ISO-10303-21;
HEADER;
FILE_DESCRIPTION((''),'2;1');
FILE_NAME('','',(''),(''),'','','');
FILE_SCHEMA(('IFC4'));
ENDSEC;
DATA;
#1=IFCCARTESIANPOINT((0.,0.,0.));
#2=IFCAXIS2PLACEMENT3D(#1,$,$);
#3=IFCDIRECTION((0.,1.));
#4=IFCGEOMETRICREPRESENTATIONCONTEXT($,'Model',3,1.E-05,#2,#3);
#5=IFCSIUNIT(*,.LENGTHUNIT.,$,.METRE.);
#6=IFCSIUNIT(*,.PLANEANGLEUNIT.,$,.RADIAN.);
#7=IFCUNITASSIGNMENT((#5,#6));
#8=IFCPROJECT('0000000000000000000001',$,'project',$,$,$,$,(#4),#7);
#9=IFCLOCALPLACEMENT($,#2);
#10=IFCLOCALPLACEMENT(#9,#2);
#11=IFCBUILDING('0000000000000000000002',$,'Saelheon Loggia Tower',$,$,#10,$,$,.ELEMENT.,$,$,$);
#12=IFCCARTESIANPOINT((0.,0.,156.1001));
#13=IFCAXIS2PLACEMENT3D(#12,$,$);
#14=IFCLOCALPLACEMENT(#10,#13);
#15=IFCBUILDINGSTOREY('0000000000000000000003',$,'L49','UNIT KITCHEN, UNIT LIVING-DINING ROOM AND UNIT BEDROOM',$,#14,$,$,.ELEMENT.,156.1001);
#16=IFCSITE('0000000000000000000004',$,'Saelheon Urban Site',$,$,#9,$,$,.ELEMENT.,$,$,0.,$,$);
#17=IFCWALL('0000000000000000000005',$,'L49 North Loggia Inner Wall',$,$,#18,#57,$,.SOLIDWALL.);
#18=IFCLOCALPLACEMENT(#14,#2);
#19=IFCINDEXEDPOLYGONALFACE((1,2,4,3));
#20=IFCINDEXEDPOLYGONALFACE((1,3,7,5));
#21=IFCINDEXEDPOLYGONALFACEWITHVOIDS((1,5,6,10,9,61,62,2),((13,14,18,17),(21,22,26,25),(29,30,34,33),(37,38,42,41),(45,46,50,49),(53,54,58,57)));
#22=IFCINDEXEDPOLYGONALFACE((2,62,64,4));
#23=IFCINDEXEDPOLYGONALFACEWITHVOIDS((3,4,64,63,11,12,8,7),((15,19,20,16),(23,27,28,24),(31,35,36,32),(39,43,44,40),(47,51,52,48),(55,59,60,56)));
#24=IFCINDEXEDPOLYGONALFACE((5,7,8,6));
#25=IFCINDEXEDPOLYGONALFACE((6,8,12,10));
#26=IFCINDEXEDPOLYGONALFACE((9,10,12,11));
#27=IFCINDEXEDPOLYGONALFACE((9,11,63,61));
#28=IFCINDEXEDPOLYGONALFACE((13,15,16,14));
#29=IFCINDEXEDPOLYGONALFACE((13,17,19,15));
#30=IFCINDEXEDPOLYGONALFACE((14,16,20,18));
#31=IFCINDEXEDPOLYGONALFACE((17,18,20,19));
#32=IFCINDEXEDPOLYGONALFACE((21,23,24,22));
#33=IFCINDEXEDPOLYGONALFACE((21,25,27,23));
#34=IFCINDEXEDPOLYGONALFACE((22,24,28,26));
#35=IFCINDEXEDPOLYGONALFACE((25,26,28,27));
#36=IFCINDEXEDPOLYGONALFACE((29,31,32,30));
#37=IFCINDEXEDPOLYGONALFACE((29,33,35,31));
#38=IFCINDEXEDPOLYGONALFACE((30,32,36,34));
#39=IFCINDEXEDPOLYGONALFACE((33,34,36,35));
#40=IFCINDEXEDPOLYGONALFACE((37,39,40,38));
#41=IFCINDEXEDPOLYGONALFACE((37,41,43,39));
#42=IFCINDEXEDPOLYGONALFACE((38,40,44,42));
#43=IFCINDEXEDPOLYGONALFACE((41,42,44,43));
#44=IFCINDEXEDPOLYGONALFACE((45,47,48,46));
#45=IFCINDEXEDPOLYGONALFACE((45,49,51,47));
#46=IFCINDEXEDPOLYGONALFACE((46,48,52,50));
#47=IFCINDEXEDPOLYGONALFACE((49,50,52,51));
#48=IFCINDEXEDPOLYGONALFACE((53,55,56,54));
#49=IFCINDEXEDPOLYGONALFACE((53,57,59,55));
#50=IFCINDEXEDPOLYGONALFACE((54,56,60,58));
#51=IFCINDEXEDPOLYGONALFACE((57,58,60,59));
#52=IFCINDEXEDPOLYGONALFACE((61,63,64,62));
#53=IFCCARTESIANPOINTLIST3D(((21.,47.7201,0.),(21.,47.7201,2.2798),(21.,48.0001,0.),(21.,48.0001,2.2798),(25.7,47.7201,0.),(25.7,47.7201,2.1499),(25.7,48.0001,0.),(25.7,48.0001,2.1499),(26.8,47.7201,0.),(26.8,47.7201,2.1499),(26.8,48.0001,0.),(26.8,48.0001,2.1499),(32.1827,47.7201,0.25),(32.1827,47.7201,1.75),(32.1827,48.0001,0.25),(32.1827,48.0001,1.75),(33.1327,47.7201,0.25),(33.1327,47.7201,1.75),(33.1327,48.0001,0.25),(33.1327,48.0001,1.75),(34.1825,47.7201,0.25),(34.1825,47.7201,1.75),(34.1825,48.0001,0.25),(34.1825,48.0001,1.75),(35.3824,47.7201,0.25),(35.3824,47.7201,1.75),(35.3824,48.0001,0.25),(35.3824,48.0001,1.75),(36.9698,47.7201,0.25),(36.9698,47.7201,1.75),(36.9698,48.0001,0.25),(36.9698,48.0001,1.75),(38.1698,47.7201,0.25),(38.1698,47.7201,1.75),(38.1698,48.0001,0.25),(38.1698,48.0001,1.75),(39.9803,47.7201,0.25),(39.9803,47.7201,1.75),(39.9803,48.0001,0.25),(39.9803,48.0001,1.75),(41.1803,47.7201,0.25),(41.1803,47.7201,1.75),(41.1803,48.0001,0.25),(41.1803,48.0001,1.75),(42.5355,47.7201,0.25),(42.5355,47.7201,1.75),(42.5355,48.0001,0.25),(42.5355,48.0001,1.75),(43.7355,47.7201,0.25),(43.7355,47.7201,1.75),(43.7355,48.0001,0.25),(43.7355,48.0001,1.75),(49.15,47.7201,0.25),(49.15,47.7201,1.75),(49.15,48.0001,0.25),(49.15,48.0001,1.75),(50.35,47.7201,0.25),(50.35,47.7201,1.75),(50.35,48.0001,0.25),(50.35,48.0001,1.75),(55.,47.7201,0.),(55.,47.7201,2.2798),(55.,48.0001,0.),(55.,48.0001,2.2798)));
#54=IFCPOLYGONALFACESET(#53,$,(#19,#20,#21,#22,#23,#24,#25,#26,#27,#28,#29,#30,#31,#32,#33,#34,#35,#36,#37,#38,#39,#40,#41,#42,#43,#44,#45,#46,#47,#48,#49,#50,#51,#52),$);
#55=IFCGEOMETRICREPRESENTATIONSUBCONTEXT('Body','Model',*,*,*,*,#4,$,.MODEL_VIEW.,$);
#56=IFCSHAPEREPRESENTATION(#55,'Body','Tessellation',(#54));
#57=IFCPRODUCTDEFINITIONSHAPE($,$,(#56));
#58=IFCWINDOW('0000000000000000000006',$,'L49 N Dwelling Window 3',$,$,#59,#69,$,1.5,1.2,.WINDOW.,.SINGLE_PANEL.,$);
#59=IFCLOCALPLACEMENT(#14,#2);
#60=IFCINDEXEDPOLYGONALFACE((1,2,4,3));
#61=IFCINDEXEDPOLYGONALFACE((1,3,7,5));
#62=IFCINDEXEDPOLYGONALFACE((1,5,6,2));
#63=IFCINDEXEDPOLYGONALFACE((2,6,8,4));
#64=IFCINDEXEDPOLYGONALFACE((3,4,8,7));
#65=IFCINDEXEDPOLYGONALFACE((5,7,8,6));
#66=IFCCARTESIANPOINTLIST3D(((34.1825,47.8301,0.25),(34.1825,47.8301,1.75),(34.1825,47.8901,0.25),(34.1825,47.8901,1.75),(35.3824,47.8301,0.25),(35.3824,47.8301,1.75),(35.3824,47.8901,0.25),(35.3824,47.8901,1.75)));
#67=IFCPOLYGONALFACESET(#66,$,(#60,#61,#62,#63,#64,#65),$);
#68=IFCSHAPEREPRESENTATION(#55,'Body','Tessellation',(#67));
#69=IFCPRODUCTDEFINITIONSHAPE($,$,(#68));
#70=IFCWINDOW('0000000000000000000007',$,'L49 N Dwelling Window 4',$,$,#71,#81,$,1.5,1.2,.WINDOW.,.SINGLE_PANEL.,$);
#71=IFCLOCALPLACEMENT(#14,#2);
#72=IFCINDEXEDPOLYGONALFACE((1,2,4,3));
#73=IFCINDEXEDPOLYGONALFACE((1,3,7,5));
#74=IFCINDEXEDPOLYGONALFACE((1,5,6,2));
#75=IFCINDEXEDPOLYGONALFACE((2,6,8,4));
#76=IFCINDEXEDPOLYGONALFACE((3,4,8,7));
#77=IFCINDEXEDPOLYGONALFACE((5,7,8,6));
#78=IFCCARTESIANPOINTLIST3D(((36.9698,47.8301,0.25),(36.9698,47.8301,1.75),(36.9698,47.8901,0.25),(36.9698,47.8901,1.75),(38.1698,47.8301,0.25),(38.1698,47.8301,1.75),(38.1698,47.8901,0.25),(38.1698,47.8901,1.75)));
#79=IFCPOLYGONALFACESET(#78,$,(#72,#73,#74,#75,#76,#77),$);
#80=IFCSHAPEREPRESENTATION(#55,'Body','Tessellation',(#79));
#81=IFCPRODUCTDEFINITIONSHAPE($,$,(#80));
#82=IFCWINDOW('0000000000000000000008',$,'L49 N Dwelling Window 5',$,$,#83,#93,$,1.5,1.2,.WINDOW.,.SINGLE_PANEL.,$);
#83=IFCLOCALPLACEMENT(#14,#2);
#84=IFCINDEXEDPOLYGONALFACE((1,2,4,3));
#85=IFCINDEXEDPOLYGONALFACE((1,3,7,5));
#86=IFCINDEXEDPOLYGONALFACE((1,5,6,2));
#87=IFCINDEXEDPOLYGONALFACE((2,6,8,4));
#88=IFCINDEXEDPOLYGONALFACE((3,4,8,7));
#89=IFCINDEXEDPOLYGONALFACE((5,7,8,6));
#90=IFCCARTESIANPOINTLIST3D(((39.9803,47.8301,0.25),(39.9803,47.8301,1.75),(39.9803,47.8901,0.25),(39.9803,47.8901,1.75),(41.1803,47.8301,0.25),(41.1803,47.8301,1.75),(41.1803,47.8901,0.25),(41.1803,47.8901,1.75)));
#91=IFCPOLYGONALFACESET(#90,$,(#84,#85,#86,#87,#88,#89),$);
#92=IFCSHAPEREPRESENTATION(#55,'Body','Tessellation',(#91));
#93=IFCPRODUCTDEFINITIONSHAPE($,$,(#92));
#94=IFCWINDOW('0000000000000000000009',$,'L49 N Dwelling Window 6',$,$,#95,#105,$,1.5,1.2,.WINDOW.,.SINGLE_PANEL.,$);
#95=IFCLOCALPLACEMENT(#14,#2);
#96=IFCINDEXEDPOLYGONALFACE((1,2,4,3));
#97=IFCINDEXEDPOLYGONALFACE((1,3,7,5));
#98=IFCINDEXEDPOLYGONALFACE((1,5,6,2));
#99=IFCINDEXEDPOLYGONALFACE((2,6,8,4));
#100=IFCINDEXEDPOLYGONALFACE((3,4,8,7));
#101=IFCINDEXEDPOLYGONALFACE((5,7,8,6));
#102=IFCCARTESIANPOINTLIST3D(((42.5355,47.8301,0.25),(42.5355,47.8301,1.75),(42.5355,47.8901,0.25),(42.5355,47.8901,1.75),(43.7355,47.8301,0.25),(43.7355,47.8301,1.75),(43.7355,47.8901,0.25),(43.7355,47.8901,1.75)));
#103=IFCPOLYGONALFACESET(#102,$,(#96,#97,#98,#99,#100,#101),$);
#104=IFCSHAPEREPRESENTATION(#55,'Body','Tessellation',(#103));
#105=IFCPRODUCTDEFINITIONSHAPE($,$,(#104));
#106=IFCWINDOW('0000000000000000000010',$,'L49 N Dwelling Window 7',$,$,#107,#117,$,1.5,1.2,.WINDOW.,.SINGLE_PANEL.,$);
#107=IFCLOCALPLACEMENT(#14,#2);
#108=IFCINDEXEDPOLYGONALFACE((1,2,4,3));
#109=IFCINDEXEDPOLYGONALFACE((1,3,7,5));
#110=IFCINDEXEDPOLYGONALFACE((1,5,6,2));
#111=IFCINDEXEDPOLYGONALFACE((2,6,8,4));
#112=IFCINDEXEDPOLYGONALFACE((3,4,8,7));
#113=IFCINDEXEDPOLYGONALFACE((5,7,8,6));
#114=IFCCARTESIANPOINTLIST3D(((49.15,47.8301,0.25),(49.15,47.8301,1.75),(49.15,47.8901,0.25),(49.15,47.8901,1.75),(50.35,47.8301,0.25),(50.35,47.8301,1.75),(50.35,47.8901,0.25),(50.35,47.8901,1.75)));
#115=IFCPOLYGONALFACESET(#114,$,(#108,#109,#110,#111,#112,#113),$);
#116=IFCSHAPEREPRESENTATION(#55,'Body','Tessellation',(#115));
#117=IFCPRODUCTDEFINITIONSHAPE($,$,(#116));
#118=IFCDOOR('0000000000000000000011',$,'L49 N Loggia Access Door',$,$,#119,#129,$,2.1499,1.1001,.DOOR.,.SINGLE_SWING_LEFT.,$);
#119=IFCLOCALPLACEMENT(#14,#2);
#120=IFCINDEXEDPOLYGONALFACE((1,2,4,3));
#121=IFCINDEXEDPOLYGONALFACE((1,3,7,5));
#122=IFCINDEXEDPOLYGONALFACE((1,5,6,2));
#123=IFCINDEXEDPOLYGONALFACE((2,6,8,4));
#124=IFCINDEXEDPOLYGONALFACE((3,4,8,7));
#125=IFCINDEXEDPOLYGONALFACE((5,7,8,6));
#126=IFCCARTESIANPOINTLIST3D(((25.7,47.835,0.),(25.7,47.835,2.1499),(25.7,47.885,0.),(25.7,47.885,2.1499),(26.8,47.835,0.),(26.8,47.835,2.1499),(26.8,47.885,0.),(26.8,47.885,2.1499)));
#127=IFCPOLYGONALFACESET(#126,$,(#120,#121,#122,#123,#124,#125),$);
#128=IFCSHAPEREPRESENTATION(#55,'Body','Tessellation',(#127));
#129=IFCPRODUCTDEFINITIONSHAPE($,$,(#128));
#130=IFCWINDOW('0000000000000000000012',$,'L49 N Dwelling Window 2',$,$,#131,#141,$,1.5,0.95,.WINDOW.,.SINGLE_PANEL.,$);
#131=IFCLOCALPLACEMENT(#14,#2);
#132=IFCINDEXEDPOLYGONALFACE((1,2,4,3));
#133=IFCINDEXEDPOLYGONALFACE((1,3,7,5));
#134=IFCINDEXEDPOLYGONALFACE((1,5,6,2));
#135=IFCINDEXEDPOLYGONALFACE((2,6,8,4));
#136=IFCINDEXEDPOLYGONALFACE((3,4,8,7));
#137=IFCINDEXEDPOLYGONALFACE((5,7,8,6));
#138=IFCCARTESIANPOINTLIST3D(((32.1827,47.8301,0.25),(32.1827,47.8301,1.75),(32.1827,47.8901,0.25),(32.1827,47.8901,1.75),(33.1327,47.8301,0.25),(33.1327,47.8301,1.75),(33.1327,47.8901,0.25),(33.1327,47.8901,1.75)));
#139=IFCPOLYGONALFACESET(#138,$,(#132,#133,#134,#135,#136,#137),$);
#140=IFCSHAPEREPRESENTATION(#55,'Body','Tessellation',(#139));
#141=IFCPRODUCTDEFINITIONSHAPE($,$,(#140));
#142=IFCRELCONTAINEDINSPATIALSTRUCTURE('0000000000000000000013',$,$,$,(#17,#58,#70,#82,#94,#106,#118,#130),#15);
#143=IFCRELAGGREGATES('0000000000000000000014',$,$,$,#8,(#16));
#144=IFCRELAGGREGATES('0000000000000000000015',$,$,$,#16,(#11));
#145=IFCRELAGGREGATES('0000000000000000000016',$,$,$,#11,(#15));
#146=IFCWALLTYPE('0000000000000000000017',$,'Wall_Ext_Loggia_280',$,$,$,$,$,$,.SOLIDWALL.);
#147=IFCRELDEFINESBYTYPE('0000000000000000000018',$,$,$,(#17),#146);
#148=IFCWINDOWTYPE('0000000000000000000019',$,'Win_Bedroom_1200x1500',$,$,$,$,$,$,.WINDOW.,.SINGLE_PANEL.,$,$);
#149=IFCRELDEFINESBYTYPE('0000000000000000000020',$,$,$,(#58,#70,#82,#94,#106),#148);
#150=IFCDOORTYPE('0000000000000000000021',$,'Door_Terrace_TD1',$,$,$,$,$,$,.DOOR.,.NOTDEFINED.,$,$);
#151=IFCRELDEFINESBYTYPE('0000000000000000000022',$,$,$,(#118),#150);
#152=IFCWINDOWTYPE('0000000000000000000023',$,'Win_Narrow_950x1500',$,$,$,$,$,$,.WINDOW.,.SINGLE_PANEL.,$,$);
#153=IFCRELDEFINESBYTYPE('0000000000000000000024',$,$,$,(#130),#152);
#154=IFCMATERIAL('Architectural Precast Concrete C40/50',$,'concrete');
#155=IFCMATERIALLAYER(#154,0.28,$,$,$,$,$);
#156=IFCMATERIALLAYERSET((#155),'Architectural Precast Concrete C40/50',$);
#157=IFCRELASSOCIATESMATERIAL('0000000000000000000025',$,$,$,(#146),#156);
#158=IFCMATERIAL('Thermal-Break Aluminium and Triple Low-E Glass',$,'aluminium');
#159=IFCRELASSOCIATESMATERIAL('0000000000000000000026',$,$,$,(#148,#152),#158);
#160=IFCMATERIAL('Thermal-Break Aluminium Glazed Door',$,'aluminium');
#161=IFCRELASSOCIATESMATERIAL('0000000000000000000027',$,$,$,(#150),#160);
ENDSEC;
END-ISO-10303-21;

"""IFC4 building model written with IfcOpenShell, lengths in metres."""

from ifc_helpers import new_model, si_unit, direction, frame, frame_2d, origin, place, context, subcontext, project, spatial, rectangle, extrude, source, transform, mapped, material, layer, layer_set, type_object, element, fill, save


model = new_model("IFC4")

# Units and contexts
model_context = context("Model", 3, precision=1e-05, world=origin(), true_north=direction((0.0, 1.0)))
body_context = subcontext(model_context, "Body", "Model", "MODEL_VIEW")
ifc_project = project(units=[si_unit("LENGTHUNIT", "METRE"), si_unit("PLANEANGLEUNIT", "RADIAN")], contexts=[model_context])

# Site, building, storey
site_placement = place(None, origin())
site = spatial("IfcSite", under=ifc_project, at=site_placement, Name="Saelheon Urban Site", CompositionType="ELEMENT", RefElevation=0.0)
building_placement = place(site_placement, origin())
building = spatial("IfcBuilding", under=site, at=building_placement, Name="Saelheon Loggia Tower", CompositionType="ELEMENT")
storey_placement = place(building_placement, frame((0.0, 0.0, 156.1001)))
storey = spatial("IfcBuildingStorey", under=building, at=storey_placement, Name="L49", Description="UNIT KITCHEN, UNIT LIVING-DINING ROOM AND UNIT BEDROOM", CompositionType="ELEMENT", Elevation=156.1001)

# Wall, openings, windows, door
ifc_material_1 = material(Name="Architectural Precast Concrete C40/50", Category="concrete")
ifc_layer_1 = layer(ifc_material_1, 0.28)
ifc_layer_set_1 = layer_set([ifc_layer_1], Name="Architectural Precast Concrete C40/50")
wall_type = type_object("IfcWallType", Name="Wall_Ext_Loggia_280", PredefinedType="SOLIDWALL", material=ifc_layer_set_1)
wall_placement = place(storey_placement, frame((21.0, 47.8601, 0.0), z_axis=(0.0, 0.0, 1.0), x_axis=(1.0, 0.0, 0.0)))
wall = element("IfcWall", 1, at=wall_placement, inside=storey, type_object=wall_type, Name="L49 North Loggia Inner Wall", PredefinedType="SOLIDWALL", context=body_context, shape_type="SweptSolid", body=[
    extrude(rectangle(XDim=34.0, YDim=0.28, at=frame_2d((17.0, 0.0))), origin(), (0.0, 0.0, 1.0), 2.2798),
])
opening_1_placement = place(wall_placement, frame((4.7, 0.0, 0.0)))
opening_1 = element("IfcOpeningElement", 2, at=opening_1_placement, cuts=wall, PredefinedType="OPENING", context=body_context, shape_type="SweptSolid", body=[
    extrude(rectangle(XDim=1.1001, YDim=2.1499, at=frame_2d((0.55, 1.075))), frame((0.0, 0.1521, 0.0), z_axis=(0.0, -1.0, 0.0), x_axis=(1.0, 0.0, 0.0)), (0.0, 0.0, 1.0), 0.304),
])
opening_2_placement = place(wall_placement, frame((11.1826, 0.0, 0.25)))
opening_2 = element("IfcOpeningElement", 3, at=opening_2_placement, cuts=wall, PredefinedType="OPENING", context=body_context, shape_type="SweptSolid", body=[
    extrude(rectangle(XDim=0.95, YDim=1.5, at=frame_2d((0.4751, 0.75))), frame((0.0, 0.1521, 0.0), z_axis=(0.0, -1.0, 0.0), x_axis=(1.0, 0.0, 0.0)), (0.0, 0.0, 1.0), 0.304),
])
opening_3_placement = place(wall_placement, frame((13.1824, 0.0, 0.25)))
opening_3 = element("IfcOpeningElement", 4, at=opening_3_placement, cuts=wall, PredefinedType="OPENING", context=body_context, shape_type="SweptSolid", body=[
    extrude(rectangle(XDim=1.2, YDim=1.5, at=frame_2d((0.6001, 0.75))), frame((0.0, 0.1521, 0.0), z_axis=(0.0, -1.0, 0.0), x_axis=(1.0, 0.0, 0.0)), (0.0, 0.0, 1.0), 0.304),
])
opening_4_placement = place(wall_placement, frame((15.9697, 0.0, 0.25)))
opening_4 = element("IfcOpeningElement", 5, at=opening_4_placement, cuts=wall, PredefinedType="OPENING", context=body_context, shape_type="SweptSolid", body=[
    extrude(rectangle(XDim=1.2, YDim=1.5, at=frame_2d((0.6001, 0.75))), frame((0.0, 0.1521, 0.0), z_axis=(0.0, -1.0, 0.0), x_axis=(1.0, 0.0, 0.0)), (0.0, 0.0, 1.0), 0.304),
])
opening_5_placement = place(wall_placement, frame((18.9802, 0.0, 0.25)))
opening_5 = element("IfcOpeningElement", 6, at=opening_5_placement, cuts=wall, PredefinedType="OPENING", context=body_context, shape_type="SweptSolid", body=[
    extrude(rectangle(XDim=1.2, YDim=1.5, at=frame_2d((0.6001, 0.75))), frame((0.0, 0.1521, 0.0), z_axis=(0.0, -1.0, 0.0), x_axis=(1.0, 0.0, 0.0)), (0.0, 0.0, 1.0), 0.304),
])
opening_6_placement = place(wall_placement, frame((21.5354, 0.0, 0.25)))
opening_6 = element("IfcOpeningElement", 7, at=opening_6_placement, cuts=wall, PredefinedType="OPENING", context=body_context, shape_type="SweptSolid", body=[
    extrude(rectangle(XDim=1.2, YDim=1.5, at=frame_2d((0.6001, 0.75))), frame((0.0, 0.1521, 0.0), z_axis=(0.0, -1.0, 0.0), x_axis=(1.0, 0.0, 0.0)), (0.0, 0.0, 1.0), 0.304),
])
opening_7_placement = place(wall_placement, frame((28.1499, 0.0, 0.25)))
opening_7 = element("IfcOpeningElement", 8, at=opening_7_placement, cuts=wall, PredefinedType="OPENING", context=body_context, shape_type="SweptSolid", body=[
    extrude(rectangle(XDim=1.2, YDim=1.5, at=frame_2d((0.6001, 0.75))), frame((0.0, 0.1521, 0.0), z_axis=(0.0, -1.0, 0.0), x_axis=(1.0, 0.0, 0.0)), (0.0, 0.0, 1.0), 0.304),
])
ifc_material_2 = material(Name="Thermal-Break Aluminium and Triple Low-E Glass", Category="aluminium")
window_type_1 = type_object("IfcWindowType", Name="Win_Bedroom_1200x1500", PartitioningType="SINGLE_PANEL", PredefinedType="WINDOW", material=ifc_material_2)
shared_shape_1 = source(origin(), body_context, "Body", "SweptSolid", [
    extrude(rectangle(XDim=1.2, YDim=1.5, at=frame_2d((0.6001, 0.75))), frame((0.0, 0.03, 0.0), z_axis=(0.0, -1.0, 0.0), x_axis=(1.0, 0.0, 0.0)), (0.0, 0.0, 1.0), 0.0601),
])
window_1_placement = place(opening_3_placement, origin())
window_1 = element("IfcWindow", 9, at=window_1_placement, inside=storey, type_object=window_type_1, Name="L49 N Dwelling Window 3", OverallHeight=1.5, OverallWidth=1.2, PartitioningType="SINGLE_PANEL", PredefinedType="WINDOW", context=body_context, shape_type="MappedRepresentation", body=[
    mapped(shared_shape_1, transform((0.0, 0.0, 0.0), scale=1.0)),
])
fill(opening_3, window_1)
window_2_placement = place(opening_4_placement, origin())
window_2 = element("IfcWindow", 10, at=window_2_placement, inside=storey, type_object=window_type_1, Name="L49 N Dwelling Window 4", OverallHeight=1.5, OverallWidth=1.2, PartitioningType="SINGLE_PANEL", PredefinedType="WINDOW", context=body_context, shape_type="MappedRepresentation", body=[
    mapped(shared_shape_1, transform((0.0, 0.0, 0.0), scale=1.0)),
])
fill(opening_4, window_2)
window_3_placement = place(opening_5_placement, origin())
window_3 = element("IfcWindow", 11, at=window_3_placement, inside=storey, type_object=window_type_1, Name="L49 N Dwelling Window 5", OverallHeight=1.5, OverallWidth=1.2, PartitioningType="SINGLE_PANEL", PredefinedType="WINDOW", context=body_context, shape_type="MappedRepresentation", body=[
    mapped(shared_shape_1, transform((0.0, 0.0, 0.0), scale=1.0)),
])
fill(opening_5, window_3)
window_4_placement = place(opening_6_placement, origin())
window_4 = element("IfcWindow", 12, at=window_4_placement, inside=storey, type_object=window_type_1, Name="L49 N Dwelling Window 6", OverallHeight=1.5, OverallWidth=1.2, PartitioningType="SINGLE_PANEL", PredefinedType="WINDOW", context=body_context, shape_type="MappedRepresentation", body=[
    mapped(shared_shape_1, transform((0.0, 0.0, 0.0), scale=1.0)),
])
fill(opening_6, window_4)
window_5_placement = place(opening_7_placement, origin())
window_5 = element("IfcWindow", 13, at=window_5_placement, inside=storey, type_object=window_type_1, Name="L49 N Dwelling Window 7", OverallHeight=1.5, OverallWidth=1.2, PartitioningType="SINGLE_PANEL", PredefinedType="WINDOW", context=body_context, shape_type="MappedRepresentation", body=[
    mapped(shared_shape_1, transform((0.0, 0.0, 0.0), scale=1.0)),
])
fill(opening_7, window_5)
ifc_material_3 = material(Name="Thermal-Break Aluminium Glazed Door", Category="aluminium")
door_type = type_object("IfcDoorType", Name="Door_Terrace_TD1", OperationType="NOTDEFINED", PredefinedType="DOOR", material=ifc_material_3)
shared_shape_2 = source(origin(), body_context, "Body", "SweptSolid", [
    extrude(rectangle(XDim=1.1001, YDim=2.1499, at=frame_2d((0.55, 1.075))), frame((0.0, 0.0249, 0.0), z_axis=(0.0, -1.0, 0.0), x_axis=(1.0, 0.0, 0.0)), (0.0, 0.0, 1.0), 0.05),
])
door_placement = place(opening_1_placement, origin())
door = element("IfcDoor", 14, at=door_placement, inside=storey, type_object=door_type, Name="L49 N Loggia Access Door", OperationType="SINGLE_SWING_LEFT", OverallHeight=2.1499, OverallWidth=1.1001, PredefinedType="DOOR", context=body_context, shape_type="MappedRepresentation", body=[
    mapped(shared_shape_2, transform((0.0, 0.0, 0.0), scale=1.0)),
])
fill(opening_1, door)
window_type_2 = type_object("IfcWindowType", Name="Win_Narrow_950x1500", PartitioningType="SINGLE_PANEL", PredefinedType="WINDOW", material=ifc_material_2)
shared_shape_3 = source(origin(), body_context, "Body", "SweptSolid", [
    extrude(rectangle(XDim=0.95, YDim=1.5, at=frame_2d((0.4751, 0.75))), frame((0.0, 0.03, 0.0), z_axis=(0.0, -1.0, 0.0), x_axis=(1.0, 0.0, 0.0)), (0.0, 0.0, 1.0), 0.0601),
])
window_6_placement = place(opening_2_placement, origin())
window_6 = element("IfcWindow", 15, at=window_6_placement, inside=storey, type_object=window_type_2, Name="L49 N Dwelling Window 2", OverallHeight=1.5, OverallWidth=0.95, PartitioningType="SINGLE_PANEL", PredefinedType="WINDOW", context=body_context, shape_type="MappedRepresentation", body=[
    mapped(shared_shape_3, transform((0.0, 0.0, 0.0), scale=1.0)),
])
fill(opening_2, window_6)

save(model, "model.ifc")
